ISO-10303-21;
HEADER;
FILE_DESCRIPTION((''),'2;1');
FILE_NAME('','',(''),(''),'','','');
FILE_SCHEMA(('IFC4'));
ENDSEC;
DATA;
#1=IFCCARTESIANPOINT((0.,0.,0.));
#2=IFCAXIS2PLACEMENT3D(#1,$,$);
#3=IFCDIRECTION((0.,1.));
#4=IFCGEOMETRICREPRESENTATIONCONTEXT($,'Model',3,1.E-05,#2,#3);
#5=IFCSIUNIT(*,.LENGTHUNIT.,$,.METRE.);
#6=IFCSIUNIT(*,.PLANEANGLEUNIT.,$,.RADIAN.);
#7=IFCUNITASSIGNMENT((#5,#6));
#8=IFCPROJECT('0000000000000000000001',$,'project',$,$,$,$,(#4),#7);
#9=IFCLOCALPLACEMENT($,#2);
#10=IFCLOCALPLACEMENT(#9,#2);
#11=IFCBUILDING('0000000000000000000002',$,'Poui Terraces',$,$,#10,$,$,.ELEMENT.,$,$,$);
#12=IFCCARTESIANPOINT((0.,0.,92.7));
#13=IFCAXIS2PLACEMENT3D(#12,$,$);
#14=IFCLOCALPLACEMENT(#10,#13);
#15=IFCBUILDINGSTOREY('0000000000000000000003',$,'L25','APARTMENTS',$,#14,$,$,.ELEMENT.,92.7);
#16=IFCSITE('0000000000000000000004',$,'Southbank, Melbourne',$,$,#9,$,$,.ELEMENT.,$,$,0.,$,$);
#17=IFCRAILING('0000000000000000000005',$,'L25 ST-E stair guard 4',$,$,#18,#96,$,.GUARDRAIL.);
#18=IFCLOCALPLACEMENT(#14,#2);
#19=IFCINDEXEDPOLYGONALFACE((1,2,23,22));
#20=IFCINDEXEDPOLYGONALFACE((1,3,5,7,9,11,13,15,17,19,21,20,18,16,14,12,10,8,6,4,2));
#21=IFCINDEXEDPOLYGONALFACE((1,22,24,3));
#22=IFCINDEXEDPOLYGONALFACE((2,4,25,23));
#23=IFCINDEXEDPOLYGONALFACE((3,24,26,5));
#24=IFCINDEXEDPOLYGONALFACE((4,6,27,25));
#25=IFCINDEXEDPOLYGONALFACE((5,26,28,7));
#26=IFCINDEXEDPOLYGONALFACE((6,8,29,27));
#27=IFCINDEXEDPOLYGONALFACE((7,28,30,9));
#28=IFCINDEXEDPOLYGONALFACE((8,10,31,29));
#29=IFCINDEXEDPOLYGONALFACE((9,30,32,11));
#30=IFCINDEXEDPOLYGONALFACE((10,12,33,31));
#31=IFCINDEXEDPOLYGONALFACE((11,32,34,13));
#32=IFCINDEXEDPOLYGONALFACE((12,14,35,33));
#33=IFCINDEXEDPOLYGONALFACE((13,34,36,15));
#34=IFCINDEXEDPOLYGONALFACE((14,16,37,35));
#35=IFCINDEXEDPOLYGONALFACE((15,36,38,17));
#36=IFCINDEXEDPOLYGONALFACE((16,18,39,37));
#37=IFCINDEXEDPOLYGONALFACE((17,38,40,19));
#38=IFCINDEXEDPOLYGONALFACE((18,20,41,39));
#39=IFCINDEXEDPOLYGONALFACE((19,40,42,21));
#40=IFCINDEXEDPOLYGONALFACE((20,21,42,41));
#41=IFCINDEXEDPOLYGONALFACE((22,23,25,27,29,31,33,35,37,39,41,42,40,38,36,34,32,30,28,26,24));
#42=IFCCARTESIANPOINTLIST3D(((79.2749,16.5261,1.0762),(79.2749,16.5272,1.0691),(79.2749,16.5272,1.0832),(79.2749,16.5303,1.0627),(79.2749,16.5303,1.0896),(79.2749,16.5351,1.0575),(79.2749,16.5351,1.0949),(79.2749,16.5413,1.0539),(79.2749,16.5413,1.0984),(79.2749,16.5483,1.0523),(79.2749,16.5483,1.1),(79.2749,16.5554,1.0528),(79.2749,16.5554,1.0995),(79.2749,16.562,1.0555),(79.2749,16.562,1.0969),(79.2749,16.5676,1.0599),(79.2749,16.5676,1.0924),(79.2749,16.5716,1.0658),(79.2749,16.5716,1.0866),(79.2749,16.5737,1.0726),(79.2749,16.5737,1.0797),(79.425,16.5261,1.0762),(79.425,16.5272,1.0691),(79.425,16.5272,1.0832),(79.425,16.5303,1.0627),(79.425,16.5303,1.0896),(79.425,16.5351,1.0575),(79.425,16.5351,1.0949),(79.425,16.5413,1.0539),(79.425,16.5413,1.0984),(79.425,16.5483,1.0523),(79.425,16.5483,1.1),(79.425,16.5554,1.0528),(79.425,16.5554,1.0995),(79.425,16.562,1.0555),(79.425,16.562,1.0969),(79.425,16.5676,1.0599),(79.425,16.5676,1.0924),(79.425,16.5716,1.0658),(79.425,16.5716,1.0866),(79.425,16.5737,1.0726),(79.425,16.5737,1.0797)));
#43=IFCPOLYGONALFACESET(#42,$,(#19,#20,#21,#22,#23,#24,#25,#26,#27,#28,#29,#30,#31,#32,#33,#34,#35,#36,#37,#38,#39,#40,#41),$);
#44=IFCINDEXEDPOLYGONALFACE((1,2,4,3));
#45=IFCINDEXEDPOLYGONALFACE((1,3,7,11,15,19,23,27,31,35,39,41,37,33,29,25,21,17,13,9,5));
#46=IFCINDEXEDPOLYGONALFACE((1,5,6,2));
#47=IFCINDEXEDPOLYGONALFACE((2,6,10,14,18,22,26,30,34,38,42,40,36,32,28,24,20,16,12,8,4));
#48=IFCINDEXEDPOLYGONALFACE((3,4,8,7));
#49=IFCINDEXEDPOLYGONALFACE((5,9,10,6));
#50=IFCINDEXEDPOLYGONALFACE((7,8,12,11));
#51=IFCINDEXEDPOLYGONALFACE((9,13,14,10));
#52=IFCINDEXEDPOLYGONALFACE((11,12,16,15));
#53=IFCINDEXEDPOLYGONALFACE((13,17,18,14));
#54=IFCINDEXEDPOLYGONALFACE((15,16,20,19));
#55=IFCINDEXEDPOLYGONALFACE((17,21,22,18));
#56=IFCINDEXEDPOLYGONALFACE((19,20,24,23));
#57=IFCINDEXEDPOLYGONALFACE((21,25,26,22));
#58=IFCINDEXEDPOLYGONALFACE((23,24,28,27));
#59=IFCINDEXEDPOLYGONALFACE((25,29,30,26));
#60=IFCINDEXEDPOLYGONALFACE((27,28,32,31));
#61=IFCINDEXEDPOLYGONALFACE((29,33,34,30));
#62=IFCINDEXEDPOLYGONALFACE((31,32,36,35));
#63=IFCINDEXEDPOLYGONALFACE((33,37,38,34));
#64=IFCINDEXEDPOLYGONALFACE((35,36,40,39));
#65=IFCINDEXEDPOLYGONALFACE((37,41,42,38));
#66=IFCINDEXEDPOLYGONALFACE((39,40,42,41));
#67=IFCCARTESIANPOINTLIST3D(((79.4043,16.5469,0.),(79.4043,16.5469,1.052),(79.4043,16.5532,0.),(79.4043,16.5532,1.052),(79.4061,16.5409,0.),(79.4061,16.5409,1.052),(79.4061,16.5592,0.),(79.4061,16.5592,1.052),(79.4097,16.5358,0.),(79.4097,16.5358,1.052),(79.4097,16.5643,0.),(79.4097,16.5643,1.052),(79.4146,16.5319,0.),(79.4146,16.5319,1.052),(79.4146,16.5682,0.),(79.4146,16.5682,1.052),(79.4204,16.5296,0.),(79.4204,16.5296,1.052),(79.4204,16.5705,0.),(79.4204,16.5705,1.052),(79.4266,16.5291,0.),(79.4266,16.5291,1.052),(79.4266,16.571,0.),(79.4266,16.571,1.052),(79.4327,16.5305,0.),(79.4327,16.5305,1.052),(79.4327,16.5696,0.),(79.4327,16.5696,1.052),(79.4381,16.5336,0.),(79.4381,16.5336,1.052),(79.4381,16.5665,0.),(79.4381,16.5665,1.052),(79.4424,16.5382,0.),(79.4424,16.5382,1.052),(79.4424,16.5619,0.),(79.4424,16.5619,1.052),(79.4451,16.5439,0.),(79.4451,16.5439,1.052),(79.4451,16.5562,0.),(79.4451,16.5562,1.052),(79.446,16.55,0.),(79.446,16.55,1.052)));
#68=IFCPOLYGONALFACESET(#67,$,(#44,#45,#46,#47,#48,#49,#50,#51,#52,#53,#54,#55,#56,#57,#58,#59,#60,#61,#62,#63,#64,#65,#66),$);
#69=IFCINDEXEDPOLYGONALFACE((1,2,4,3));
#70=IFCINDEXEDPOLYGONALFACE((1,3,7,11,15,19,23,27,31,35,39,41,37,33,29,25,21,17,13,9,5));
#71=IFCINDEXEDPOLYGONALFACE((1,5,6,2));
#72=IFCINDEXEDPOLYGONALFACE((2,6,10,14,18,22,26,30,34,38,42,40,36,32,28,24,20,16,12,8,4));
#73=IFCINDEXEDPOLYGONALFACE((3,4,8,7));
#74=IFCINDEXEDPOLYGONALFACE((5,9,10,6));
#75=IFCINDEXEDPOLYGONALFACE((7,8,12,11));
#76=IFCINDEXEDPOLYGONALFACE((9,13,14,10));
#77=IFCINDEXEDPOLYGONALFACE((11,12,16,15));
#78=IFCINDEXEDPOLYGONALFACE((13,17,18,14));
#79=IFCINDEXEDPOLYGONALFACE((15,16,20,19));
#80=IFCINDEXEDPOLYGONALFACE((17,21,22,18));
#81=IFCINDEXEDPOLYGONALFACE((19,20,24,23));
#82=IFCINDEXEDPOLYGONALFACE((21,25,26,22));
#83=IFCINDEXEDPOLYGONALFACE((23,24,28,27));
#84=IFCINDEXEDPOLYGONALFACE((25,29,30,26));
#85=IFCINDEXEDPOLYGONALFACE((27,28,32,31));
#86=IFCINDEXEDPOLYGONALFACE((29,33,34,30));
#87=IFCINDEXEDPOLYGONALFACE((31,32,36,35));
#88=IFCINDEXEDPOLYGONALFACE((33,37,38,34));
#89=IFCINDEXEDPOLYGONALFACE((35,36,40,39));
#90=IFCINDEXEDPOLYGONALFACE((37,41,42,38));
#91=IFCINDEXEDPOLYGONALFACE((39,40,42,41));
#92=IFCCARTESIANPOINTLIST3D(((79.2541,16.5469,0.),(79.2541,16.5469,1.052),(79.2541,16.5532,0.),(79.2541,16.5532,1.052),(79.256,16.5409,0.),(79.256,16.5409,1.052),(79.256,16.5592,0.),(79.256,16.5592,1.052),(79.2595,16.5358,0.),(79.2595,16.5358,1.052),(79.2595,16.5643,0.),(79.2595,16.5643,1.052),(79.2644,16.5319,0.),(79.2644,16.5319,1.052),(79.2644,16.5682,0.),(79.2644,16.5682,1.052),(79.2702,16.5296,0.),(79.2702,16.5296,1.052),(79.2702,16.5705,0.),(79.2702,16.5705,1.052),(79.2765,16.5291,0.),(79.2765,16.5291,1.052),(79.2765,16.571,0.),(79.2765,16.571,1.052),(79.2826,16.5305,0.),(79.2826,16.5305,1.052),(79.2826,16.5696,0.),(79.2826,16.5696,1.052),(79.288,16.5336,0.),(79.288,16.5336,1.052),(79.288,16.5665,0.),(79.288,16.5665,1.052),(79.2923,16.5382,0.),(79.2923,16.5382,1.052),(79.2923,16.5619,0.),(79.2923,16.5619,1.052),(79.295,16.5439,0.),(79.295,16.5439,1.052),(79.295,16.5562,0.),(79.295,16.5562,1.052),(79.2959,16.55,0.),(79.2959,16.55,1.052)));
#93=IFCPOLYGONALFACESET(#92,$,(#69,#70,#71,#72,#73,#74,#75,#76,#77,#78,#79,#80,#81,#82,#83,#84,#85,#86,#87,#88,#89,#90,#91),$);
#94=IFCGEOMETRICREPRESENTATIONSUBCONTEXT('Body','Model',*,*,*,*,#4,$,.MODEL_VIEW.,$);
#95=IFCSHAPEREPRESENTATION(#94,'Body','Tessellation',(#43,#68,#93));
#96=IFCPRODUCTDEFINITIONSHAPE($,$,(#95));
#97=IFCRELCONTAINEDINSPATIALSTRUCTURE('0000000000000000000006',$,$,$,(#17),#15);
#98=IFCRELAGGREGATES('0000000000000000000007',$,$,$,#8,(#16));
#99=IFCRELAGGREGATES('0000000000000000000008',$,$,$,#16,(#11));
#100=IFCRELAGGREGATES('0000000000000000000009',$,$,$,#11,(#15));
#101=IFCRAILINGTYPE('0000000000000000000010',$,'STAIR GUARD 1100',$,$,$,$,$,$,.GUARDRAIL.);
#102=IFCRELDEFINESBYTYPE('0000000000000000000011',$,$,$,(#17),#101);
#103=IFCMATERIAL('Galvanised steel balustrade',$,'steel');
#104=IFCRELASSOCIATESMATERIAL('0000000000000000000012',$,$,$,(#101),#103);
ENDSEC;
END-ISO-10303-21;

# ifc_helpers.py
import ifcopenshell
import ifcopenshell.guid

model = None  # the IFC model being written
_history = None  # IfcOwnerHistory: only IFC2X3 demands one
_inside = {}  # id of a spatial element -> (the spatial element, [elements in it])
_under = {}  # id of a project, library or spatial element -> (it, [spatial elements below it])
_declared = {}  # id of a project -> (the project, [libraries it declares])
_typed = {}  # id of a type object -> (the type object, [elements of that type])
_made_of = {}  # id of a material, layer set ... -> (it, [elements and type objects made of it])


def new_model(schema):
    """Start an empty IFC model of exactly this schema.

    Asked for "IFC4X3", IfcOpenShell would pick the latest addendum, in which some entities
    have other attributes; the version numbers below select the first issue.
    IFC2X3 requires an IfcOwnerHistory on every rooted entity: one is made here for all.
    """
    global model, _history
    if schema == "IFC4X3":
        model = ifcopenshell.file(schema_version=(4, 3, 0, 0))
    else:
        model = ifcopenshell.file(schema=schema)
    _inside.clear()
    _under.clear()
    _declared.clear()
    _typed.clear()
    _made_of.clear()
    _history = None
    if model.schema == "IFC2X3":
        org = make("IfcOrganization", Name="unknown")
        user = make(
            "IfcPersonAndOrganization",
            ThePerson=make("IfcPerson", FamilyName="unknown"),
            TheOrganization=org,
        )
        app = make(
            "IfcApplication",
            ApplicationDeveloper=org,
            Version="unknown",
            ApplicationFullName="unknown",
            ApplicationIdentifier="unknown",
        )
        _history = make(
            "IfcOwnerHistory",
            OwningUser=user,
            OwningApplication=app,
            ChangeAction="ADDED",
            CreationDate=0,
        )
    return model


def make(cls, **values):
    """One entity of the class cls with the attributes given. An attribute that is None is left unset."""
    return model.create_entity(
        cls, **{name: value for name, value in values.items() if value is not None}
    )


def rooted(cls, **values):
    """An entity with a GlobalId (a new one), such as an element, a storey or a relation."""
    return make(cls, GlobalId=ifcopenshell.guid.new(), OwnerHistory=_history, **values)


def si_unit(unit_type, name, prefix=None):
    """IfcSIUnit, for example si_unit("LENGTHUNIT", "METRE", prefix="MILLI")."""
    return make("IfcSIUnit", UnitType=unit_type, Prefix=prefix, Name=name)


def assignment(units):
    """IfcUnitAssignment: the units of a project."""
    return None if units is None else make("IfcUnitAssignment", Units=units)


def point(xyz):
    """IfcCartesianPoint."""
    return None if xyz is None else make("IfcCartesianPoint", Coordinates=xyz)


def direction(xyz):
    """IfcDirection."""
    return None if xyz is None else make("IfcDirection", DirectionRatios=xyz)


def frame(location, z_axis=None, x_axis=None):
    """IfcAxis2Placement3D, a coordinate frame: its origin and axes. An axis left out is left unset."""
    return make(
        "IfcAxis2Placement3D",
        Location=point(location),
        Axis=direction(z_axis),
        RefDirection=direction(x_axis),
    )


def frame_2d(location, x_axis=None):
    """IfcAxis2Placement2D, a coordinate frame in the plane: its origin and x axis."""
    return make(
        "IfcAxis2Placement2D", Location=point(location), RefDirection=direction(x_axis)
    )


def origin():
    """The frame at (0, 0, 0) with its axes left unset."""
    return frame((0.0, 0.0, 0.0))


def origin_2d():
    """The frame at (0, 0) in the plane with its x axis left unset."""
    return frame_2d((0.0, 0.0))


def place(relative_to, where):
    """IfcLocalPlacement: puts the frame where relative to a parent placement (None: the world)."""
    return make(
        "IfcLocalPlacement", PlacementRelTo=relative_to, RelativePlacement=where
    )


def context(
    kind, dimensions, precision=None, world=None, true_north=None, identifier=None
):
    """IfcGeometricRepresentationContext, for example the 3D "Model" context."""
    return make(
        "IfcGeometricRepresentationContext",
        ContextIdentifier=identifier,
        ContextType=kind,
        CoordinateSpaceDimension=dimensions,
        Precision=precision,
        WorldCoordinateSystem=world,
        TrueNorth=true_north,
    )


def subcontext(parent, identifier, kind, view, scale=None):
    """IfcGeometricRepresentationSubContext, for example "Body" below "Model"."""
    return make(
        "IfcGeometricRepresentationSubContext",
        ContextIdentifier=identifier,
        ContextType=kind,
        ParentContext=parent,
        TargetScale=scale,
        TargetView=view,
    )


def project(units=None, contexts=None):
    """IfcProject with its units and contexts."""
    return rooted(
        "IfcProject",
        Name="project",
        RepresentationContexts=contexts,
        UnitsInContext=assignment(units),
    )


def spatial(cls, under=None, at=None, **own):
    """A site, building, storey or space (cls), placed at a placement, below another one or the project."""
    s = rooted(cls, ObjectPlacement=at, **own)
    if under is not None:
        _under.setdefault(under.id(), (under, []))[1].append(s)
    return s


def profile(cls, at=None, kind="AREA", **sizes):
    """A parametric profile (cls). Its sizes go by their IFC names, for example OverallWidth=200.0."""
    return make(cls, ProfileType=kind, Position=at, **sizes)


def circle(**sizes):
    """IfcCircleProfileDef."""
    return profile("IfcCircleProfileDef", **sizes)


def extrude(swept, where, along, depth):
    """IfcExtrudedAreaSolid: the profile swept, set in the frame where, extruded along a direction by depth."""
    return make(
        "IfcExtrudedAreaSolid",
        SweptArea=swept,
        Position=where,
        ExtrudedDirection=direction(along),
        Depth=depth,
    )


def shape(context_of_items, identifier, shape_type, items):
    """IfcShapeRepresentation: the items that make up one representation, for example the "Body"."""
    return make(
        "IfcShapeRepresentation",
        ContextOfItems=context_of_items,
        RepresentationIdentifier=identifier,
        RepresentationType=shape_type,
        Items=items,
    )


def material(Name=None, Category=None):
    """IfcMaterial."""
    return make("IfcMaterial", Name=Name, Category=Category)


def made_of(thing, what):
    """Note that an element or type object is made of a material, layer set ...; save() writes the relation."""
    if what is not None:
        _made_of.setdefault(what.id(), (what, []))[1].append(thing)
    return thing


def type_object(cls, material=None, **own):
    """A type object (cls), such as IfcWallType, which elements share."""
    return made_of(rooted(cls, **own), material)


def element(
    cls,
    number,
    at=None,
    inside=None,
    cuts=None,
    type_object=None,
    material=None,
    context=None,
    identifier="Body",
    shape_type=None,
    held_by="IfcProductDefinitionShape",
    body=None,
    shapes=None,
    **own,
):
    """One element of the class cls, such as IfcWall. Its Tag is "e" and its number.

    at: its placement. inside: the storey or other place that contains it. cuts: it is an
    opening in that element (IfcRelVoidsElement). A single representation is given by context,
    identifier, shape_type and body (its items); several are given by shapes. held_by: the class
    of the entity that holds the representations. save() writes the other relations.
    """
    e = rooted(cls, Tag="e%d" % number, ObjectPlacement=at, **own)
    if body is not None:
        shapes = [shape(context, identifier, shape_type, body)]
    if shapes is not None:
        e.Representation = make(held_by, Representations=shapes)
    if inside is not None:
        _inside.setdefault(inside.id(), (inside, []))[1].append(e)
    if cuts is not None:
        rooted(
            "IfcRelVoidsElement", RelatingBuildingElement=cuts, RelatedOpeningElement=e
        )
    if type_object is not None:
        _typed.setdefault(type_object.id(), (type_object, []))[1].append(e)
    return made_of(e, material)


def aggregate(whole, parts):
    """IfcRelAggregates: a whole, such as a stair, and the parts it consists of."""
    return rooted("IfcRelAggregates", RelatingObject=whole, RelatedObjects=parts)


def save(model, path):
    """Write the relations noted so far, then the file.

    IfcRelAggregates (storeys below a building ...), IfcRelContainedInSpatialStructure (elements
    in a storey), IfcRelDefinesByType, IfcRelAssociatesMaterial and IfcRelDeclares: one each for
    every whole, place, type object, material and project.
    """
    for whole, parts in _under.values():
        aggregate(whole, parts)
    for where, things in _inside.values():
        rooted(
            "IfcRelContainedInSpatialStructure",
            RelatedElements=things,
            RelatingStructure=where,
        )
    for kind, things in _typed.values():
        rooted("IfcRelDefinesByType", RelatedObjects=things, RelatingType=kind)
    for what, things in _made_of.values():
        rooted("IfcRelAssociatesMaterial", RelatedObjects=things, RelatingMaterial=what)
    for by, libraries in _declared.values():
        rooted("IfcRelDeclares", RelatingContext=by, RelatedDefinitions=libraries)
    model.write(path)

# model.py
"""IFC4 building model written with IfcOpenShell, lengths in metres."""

from ifc_helpers import new_model, si_unit, direction, frame, origin, origin_2d, place, context, subcontext, project, spatial, circle, extrude, material, type_object, element, save


model = new_model("IFC4")

# Units and contexts
model_context = context("Model", 3, precision=1e-05, world=origin(), true_north=direction((0.0, 1.0)))
body_context = subcontext(model_context, "Body", "Model", "MODEL_VIEW")
ifc_project = project(units=[si_unit("LENGTHUNIT", "METRE"), si_unit("PLANEANGLEUNIT", "RADIAN")], contexts=[model_context])

# Site, building, storey
site_placement = place(None, origin())
site = spatial("IfcSite", under=ifc_project, at=site_placement, Name="Southbank, Melbourne", CompositionType="ELEMENT", RefElevation=0.0)
building_placement = place(site_placement, origin())
building = spatial("IfcBuilding", under=site, at=building_placement, Name="Poui Terraces", CompositionType="ELEMENT")
storey_placement = place(building_placement, frame((0.0, 0.0, 92.7)))
storey = spatial("IfcBuildingStorey", under=building, at=storey_placement, Name="L25", Description="APARTMENTS", CompositionType="ELEMENT", Elevation=92.7)

# Railing
ifc_material_1 = material(Name="Galvanised steel balustrade", Category="steel")
railing_type_1 = type_object("IfcRailingType", Name="STAIR GUARD 1100", PredefinedType="GUARDRAIL", material=ifc_material_1)
railing_1_placement = place(storey_placement, frame((79.425, 16.55, 0.0)))
element("IfcRailing", 1, at=railing_1_placement, inside=storey, type_object=railing_type_1, Name="L25 ST-E stair guard 4", PredefinedType="GUARDRAIL", context=body_context, shape_type="SweptSolid", body=[
    extrude(circle(Radius=0.0239, at=origin_2d()), frame((0.0, 0.0, 1.0762), z_axis=(-1.0, 0.0, 0.0), x_axis=(0.0, -1.0, 0.0)), (0.0, 0.0, 1.0), 0.1501),
    extrude(circle(Radius=0.021, at=origin_2d()), origin(), (0.0, 0.0, 1.0), 1.052),
    extrude(circle(Radius=0.021, at=origin_2d()), frame((-0.1501, 0.0, 0.0)), (0.0, 0.0, 1.0), 1.052),
])

save(model, "model.ifc")
